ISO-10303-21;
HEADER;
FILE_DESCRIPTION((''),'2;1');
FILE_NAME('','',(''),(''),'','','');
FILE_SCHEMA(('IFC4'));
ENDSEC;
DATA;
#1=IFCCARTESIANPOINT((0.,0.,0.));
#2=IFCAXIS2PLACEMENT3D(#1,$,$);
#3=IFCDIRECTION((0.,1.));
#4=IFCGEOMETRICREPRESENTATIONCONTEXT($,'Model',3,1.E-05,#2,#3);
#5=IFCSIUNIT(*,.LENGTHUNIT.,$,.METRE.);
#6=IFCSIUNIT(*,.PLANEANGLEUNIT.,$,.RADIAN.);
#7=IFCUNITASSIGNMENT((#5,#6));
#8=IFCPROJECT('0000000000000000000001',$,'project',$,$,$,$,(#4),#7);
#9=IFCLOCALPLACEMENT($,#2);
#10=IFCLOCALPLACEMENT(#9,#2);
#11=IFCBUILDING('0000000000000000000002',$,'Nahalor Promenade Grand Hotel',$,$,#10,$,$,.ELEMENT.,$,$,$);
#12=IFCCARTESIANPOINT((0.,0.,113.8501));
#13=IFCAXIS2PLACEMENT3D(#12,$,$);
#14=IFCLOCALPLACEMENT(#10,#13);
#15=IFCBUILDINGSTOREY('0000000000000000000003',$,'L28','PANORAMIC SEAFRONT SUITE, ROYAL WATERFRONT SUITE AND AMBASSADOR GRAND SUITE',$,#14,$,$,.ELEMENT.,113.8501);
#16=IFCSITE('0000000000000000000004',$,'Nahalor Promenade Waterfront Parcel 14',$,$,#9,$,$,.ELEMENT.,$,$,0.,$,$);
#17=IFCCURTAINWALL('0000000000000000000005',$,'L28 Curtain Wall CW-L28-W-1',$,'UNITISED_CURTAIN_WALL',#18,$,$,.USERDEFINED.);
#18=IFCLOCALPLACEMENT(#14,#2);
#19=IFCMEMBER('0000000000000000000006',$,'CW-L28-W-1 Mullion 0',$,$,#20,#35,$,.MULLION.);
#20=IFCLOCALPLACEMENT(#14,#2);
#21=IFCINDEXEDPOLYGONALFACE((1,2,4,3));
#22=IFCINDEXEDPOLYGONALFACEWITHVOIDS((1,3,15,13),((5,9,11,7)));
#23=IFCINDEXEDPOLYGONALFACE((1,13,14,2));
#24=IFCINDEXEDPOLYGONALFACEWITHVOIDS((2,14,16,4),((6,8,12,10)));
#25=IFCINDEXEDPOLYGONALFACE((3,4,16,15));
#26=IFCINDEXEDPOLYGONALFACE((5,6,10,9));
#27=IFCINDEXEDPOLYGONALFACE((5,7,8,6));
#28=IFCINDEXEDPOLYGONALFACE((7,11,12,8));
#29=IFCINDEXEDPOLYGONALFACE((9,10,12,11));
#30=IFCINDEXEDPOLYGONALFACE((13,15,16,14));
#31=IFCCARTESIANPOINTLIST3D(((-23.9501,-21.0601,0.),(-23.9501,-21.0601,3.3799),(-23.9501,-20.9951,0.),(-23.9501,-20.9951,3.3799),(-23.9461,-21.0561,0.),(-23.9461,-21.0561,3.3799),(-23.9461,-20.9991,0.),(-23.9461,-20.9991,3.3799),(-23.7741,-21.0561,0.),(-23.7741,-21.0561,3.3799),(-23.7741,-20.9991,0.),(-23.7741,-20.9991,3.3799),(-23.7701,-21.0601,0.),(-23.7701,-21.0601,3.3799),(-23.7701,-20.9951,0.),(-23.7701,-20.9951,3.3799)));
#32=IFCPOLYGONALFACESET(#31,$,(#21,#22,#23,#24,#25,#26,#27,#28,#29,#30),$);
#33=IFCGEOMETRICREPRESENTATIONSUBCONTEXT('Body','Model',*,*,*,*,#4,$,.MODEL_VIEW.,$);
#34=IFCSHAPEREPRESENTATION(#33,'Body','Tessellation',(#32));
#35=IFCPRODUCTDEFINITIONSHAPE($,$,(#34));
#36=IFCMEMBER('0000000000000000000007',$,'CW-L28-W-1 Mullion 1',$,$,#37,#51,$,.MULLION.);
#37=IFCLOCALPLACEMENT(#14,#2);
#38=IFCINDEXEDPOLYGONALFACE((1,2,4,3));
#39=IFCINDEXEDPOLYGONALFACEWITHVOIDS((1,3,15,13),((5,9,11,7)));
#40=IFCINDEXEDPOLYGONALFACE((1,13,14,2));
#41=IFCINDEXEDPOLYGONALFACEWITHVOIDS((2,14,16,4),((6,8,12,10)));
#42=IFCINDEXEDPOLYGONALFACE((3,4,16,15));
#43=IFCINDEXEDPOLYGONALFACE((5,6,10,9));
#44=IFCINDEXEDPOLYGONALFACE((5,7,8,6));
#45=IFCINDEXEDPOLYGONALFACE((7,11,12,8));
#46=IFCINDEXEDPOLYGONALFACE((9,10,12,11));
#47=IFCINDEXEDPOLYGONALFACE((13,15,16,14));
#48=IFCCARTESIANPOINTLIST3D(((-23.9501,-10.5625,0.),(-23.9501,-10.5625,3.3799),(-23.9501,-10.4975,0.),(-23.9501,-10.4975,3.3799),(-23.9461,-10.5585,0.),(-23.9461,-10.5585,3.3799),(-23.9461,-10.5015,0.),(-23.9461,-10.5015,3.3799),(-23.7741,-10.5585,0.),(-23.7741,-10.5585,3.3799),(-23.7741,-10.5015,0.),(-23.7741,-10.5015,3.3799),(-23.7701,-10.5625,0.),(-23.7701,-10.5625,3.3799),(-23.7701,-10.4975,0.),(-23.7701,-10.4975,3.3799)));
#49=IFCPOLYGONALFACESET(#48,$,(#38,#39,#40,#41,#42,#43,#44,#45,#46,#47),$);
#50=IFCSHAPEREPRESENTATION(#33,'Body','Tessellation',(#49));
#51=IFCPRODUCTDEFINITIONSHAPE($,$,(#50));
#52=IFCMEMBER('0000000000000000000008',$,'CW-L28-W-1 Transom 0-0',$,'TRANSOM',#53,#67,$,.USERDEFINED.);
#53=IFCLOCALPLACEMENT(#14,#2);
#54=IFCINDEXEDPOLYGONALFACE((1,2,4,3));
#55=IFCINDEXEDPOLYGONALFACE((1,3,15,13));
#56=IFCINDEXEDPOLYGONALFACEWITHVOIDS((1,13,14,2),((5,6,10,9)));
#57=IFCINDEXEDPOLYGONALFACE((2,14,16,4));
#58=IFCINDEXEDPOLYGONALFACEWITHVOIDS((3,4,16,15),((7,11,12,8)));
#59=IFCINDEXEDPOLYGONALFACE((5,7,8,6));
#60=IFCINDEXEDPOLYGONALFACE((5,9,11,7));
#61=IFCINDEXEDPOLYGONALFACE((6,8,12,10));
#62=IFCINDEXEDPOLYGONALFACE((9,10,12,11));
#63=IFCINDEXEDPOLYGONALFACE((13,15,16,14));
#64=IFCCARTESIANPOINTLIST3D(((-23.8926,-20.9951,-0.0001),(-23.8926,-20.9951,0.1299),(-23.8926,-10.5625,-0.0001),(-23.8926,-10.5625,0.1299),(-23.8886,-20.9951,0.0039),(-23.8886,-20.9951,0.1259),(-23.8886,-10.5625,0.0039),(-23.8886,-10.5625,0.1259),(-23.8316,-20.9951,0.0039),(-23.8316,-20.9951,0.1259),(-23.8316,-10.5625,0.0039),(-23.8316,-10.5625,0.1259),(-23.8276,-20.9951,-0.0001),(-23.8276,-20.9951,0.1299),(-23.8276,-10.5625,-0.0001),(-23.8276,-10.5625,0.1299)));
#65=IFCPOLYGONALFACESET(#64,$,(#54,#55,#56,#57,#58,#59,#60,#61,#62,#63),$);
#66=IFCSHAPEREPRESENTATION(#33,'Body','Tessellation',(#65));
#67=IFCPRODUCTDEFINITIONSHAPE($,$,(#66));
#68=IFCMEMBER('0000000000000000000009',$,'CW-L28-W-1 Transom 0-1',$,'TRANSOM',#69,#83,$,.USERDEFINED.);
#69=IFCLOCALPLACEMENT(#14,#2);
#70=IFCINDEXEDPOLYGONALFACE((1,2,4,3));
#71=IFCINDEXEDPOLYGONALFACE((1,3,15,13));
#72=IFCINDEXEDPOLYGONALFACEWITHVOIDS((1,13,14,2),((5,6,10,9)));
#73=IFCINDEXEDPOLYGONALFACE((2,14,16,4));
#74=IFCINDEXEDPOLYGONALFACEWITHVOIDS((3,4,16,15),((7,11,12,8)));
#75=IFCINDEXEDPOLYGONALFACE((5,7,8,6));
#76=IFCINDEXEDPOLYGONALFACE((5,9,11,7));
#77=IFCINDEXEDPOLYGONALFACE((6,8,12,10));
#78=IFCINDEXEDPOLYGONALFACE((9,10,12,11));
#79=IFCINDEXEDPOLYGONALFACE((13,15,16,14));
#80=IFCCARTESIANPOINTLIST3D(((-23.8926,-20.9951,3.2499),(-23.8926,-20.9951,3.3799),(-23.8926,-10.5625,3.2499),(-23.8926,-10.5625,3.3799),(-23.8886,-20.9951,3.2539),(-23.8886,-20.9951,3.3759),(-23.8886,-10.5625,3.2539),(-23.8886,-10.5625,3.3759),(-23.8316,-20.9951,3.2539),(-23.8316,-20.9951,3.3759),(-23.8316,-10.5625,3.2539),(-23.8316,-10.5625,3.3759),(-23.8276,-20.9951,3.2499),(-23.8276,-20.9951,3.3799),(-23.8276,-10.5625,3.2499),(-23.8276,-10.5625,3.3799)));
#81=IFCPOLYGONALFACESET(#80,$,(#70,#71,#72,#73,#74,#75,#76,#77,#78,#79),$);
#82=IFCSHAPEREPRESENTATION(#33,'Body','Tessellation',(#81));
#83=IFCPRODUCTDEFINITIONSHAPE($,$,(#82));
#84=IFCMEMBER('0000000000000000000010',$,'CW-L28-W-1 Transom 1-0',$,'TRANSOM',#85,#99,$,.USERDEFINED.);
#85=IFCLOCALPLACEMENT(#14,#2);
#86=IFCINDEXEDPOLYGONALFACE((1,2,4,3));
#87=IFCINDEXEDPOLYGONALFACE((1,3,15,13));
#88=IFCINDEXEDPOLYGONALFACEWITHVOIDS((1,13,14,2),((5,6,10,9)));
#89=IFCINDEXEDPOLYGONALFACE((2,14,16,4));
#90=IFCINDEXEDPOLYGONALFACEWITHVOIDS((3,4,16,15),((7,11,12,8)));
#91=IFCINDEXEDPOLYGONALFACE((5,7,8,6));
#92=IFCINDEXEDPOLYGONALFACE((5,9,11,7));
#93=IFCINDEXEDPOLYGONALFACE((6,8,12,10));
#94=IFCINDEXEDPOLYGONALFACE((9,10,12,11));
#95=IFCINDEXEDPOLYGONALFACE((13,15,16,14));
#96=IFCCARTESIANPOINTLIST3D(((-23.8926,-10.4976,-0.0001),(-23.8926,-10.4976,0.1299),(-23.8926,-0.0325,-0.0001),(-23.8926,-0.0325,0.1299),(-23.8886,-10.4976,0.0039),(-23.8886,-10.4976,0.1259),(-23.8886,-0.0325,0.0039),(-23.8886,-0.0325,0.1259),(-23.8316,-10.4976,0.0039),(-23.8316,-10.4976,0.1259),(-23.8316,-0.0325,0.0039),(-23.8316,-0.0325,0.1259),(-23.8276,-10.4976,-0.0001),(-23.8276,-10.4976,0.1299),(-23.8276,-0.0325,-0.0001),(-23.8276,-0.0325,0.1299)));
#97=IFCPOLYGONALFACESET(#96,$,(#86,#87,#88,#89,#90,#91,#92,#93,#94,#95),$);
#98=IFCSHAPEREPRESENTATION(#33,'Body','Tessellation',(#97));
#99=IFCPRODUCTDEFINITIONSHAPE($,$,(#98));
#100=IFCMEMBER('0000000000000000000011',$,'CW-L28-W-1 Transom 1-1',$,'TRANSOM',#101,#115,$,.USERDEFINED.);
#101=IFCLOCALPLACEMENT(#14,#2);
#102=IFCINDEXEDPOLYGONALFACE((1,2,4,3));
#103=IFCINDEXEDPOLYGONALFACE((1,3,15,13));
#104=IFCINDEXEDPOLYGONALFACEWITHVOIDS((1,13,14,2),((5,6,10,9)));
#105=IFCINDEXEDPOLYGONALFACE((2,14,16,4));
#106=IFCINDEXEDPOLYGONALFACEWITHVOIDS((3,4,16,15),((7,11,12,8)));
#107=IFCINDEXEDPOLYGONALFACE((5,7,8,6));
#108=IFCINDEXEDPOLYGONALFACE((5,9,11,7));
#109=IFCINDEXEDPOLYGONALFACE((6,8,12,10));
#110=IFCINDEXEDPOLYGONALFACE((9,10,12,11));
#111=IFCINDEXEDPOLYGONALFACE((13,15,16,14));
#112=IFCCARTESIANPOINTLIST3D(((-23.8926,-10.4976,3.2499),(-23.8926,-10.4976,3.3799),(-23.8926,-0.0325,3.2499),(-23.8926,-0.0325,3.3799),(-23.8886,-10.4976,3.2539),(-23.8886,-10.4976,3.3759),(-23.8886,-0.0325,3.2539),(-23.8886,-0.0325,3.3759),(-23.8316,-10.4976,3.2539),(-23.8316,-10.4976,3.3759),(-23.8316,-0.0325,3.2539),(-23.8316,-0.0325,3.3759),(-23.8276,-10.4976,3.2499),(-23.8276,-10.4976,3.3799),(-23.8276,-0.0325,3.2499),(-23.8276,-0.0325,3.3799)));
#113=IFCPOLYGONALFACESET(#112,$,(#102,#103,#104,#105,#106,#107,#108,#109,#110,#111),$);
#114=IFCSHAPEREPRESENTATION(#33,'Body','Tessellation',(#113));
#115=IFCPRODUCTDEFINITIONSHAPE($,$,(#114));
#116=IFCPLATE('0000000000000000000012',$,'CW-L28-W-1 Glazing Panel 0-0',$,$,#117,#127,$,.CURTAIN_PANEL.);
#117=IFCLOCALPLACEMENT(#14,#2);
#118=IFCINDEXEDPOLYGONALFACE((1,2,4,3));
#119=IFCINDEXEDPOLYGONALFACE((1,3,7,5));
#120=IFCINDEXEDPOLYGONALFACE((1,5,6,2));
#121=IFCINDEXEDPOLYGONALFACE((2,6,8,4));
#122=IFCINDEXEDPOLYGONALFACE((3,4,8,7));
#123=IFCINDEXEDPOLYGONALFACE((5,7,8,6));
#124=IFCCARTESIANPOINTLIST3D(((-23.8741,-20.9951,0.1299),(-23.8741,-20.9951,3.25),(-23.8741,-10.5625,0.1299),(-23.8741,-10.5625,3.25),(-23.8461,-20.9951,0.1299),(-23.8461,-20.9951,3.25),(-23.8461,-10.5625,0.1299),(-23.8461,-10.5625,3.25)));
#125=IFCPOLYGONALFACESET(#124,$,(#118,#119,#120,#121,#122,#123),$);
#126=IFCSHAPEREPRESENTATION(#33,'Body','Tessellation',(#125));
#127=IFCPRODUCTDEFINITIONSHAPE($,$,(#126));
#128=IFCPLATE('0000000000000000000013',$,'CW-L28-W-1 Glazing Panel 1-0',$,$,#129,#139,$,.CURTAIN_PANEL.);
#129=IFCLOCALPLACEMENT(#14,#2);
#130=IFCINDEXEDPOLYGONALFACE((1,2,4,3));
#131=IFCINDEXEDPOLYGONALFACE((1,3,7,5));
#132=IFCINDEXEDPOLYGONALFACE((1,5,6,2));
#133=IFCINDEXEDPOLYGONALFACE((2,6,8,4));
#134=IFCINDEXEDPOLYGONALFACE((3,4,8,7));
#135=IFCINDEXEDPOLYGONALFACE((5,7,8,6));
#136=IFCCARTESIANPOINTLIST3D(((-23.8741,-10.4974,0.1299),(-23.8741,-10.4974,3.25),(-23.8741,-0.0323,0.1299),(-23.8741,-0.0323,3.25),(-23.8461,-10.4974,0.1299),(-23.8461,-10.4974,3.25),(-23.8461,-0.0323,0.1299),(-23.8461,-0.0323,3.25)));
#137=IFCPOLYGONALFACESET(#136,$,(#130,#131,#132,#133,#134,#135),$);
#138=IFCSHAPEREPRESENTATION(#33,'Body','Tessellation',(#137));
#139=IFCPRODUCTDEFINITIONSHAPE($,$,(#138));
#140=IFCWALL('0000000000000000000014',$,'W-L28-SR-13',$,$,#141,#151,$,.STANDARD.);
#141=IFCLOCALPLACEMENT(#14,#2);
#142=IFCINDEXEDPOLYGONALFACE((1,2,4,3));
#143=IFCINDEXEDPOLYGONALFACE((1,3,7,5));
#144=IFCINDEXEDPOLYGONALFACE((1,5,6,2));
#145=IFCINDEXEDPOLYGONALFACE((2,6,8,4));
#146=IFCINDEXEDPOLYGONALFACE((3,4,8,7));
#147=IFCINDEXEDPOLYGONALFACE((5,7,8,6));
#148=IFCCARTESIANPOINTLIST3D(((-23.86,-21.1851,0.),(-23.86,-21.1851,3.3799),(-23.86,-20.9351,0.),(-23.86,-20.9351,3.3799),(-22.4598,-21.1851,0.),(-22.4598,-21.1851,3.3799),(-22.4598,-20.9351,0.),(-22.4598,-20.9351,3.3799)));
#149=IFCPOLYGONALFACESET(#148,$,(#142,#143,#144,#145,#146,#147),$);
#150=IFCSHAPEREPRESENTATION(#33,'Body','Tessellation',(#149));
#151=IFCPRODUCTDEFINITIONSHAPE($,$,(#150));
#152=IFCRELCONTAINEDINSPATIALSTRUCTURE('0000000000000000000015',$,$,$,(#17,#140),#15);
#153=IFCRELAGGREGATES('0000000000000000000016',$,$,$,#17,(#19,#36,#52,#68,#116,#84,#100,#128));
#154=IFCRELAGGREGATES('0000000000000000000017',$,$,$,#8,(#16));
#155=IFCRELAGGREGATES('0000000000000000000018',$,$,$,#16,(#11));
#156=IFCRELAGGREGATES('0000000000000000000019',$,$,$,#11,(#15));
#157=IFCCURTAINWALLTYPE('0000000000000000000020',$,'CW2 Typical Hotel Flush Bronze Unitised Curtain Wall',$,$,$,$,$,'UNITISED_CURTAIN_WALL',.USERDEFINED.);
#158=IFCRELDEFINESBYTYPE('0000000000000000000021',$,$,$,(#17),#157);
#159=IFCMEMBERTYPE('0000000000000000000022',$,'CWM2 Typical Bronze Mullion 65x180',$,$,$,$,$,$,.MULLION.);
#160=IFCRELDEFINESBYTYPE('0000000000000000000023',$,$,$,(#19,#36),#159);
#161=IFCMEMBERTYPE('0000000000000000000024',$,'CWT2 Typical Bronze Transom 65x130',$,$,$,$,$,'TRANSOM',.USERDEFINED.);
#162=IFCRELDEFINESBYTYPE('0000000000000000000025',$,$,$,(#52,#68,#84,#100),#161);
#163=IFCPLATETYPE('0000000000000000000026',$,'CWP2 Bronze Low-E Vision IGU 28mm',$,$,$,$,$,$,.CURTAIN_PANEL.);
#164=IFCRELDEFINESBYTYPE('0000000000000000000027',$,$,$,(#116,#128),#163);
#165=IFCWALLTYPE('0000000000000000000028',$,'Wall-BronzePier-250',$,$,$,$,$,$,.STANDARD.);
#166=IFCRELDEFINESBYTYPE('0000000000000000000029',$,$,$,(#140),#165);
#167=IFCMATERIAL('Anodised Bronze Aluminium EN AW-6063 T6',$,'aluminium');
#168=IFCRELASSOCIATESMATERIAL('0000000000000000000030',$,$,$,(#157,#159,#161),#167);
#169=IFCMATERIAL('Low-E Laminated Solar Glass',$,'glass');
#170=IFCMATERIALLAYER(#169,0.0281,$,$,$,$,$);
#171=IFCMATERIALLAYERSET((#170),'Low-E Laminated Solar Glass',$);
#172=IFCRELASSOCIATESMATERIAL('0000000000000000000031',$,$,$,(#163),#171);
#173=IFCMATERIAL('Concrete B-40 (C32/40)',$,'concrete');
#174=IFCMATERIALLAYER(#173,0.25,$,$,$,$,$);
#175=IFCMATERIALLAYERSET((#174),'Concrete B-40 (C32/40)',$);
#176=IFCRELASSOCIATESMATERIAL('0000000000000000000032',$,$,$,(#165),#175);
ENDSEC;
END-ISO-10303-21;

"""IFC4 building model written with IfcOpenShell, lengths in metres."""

from ifc_helpers import new_model, si_unit, direction, frame, frame_2d, origin, origin_2d, place, context, subcontext, project, spatial, rectangle, hollow_rectangle, extrude, source, transform, mapped, material, layer, layer_set, material_profile, profile_set, type_object, element, aggregate, save


model = new_model("IFC4")

# Units and contexts
model_context = context("Model", 3, precision=1e-05, world=origin(), true_north=direction((0.0, 1.0)))
body_context = subcontext(model_context, "Body", "Model", "MODEL_VIEW")
ifc_project = project(units=[si_unit("LENGTHUNIT", "METRE"), si_unit("PLANEANGLEUNIT", "RADIAN")], contexts=[model_context])

# Site, building, storey
site_placement = place(None, origin())
site = spatial("IfcSite", under=ifc_project, at=site_placement, Name="Nahalor Promenade Waterfront Parcel 14", CompositionType="ELEMENT", RefElevation=0.0)
building_placement = place(site_placement, origin())
building = spatial("IfcBuilding", under=site, at=building_placement, Name="Nahalor Promenade Grand Hotel", CompositionType="ELEMENT")
storey_placement = place(building_placement, frame((0.0, 0.0, 113.8501)))
storey = spatial("IfcBuildingStorey", under=building, at=storey_placement, Name="L28", Description="PANORAMIC SEAFRONT SUITE, ROYAL WATERFRONT SUITE AND AMBASSADOR GRAND SUITE", CompositionType="ELEMENT", Elevation=113.8501)

# Curtain wall, members, plates
ifc_material_1 = material(Name="Anodised Bronze Aluminium EN AW-6063 T6", Category="aluminium")
curtain_wall_type = type_object("IfcCurtainWallType", Name="CW2 Typical Hotel Flush Bronze Unitised Curtain Wall", ElementType="UNITISED_CURTAIN_WALL", PredefinedType="USERDEFINED", material=ifc_material_1)
curtain_wall_placement = place(storey_placement, origin())
curtain_wall = element("IfcCurtainWall", 1, at=curtain_wall_placement, inside=storey, type_object=curtain_wall_type, Name="L28 Curtain Wall CW-L28-W-1", ObjectType="UNITISED_CURTAIN_WALL", PredefinedType="USERDEFINED")
ifc_material_profile_1 = material_profile(ifc_material_1, hollow_rectangle(XDim=0.065, YDim=0.18, WallThickness=0.004, at=origin_2d()), Name="CWM 65x180x4")
ifc_profile_set_1 = profile_set([ifc_material_profile_1], Name="Anodised Bronze Aluminium EN AW-6063 T6")
member_type_1 = type_object("IfcMemberType", Name="CWM2 Typical Bronze Mullion 65x180", PredefinedType="MULLION", material=ifc_profile_set_1)
shared_shape_1 = source(origin(), body_context, "Body", "SweptSolid", [
    extrude(hollow_rectangle(XDim=0.065, YDim=0.18, WallThickness=0.004, at=origin_2d()), origin(), (0.0, 0.0, 1.0), 3.3799),
])
member_1_placement = place(storey_placement, frame((-23.8601, -21.0276, 0.0), z_axis=(0.0, 0.0, 1.0), x_axis=(0.0, 1.0, 0.0)))
member_1 = element("IfcMember", 2, at=member_1_placement, type_object=member_type_1, Name="CW-L28-W-1 Mullion 0", PredefinedType="MULLION", context=body_context, shape_type="MappedRepresentation", body=[
    mapped(shared_shape_1, transform((0.0, 0.0, 0.0), scale=1.0)),
])
member_2_placement = place(storey_placement, frame((-23.8601, -10.53, 0.0), z_axis=(0.0, 0.0, 1.0), x_axis=(0.0, 1.0, 0.0)))
member_2 = element("IfcMember", 3, at=member_2_placement, type_object=member_type_1, Name="CW-L28-W-1 Mullion 1", PredefinedType="MULLION", context=body_context, shape_type="MappedRepresentation", body=[
    mapped(shared_shape_1, transform((0.0, 0.0, 0.0), scale=1.0)),
])
ifc_material_profile_2 = material_profile(ifc_material_1, hollow_rectangle(XDim=0.065, YDim=0.13, WallThickness=0.004, at=origin_2d()), Name="CWT 65x130x4")
ifc_profile_set_2 = profile_set([ifc_material_profile_2], Name="Anodised Bronze Aluminium EN AW-6063 T6")
member_type_2 = type_object("IfcMemberType", Name="CWT2 Typical Bronze Transom 65x130", ElementType="TRANSOM", PredefinedType="USERDEFINED", material=ifc_profile_set_2)
shared_shape_2 = source(origin(), body_context, "Body", "SweptSolid", [
    extrude(hollow_rectangle(XDim=0.065, YDim=0.13, WallThickness=0.004, at=origin_2d()), origin(), (0.0, 0.0, 1.0), 10.4326),
])
member_3_placement = place(storey_placement, frame((-23.8601, -20.9951, 0.0649), z_axis=(0.0, 1.0, 0.0), x_axis=(-1.0, 0.0, 0.0)))
member_3 = element("IfcMember", 4, at=member_3_placement, type_object=member_type_2, Name="CW-L28-W-1 Transom 0-0", ObjectType="TRANSOM", PredefinedType="USERDEFINED", context=body_context, shape_type="MappedRepresentation", body=[
    mapped(shared_shape_2, transform((0.0, 0.0, 0.0), scale=1.0)),
])
member_4_placement = place(storey_placement, frame((-23.8601, -20.9951, 3.3149), z_axis=(0.0, 1.0, 0.0), x_axis=(-1.0, 0.0, 0.0)))
member_4 = element("IfcMember", 5, at=member_4_placement, type_object=member_type_2, Name="CW-L28-W-1 Transom 0-1", ObjectType="TRANSOM", PredefinedType="USERDEFINED", context=body_context, shape_type="MappedRepresentation", body=[
    mapped(shared_shape_2, transform((0.0, 0.0, 0.0), scale=1.0)),
])
shared_shape_3 = source(origin(), body_context, "Body", "SweptSolid", [
    extrude(hollow_rectangle(XDim=0.065, YDim=0.13, WallThickness=0.004, at=origin_2d()), origin(), (0.0, 0.0, 1.0), 10.4651),
])
member_5_placement = place(storey_placement, frame((-23.8601, -10.4976, 0.0649), z_axis=(0.0, 1.0, 0.0), x_axis=(-1.0, 0.0, 0.0)))
member_5 = element("IfcMember", 6, at=member_5_placement, type_object=member_type_2, Name="CW-L28-W-1 Transom 1-0", ObjectType="TRANSOM", PredefinedType="USERDEFINED", context=body_context, shape_type="MappedRepresentation", body=[
    mapped(shared_shape_3, transform((0.0, 0.0, 0.0), scale=1.0)),
])
member_6_placement = place(storey_placement, frame((-23.8601, -10.4976, 3.3149), z_axis=(0.0, 1.0, 0.0), x_axis=(-1.0, 0.0, 0.0)))
member_6 = element("IfcMember", 7, at=member_6_placement, type_object=member_type_2, Name="CW-L28-W-1 Transom 1-1", ObjectType="TRANSOM", PredefinedType="USERDEFINED", context=body_context, shape_type="MappedRepresentation", body=[
    mapped(shared_shape_3, transform((0.0, 0.0, 0.0), scale=1.0)),
])
ifc_material_2 = material(Name="Low-E Laminated Solar Glass", Category="glass")
ifc_layer_1 = layer(ifc_material_2, 0.0281)
ifc_layer_set_1 = layer_set([ifc_layer_1], Name="Low-E Laminated Solar Glass")
plate_type = type_object("IfcPlateType", Name="CWP2 Bronze Low-E Vision IGU 28mm", PredefinedType="CURTAIN_PANEL", material=ifc_layer_set_1)
shared_shape_4 = source(origin(), body_context, "Body", "SweptSolid", [
    extrude(rectangle(XDim=10.4326, YDim=0.0281, at=origin_2d()), origin(), (0.0, 0.0, 1.0), 3.1201),
])
plate_1_placement = place(storey_placement, frame((-23.8601, -15.7788, 0.1299), z_axis=(0.0, 0.0, 1.0), x_axis=(0.0, 1.0, 0.0)))
plate_1 = element("IfcPlate", 8, at=plate_1_placement, type_object=plate_type, Name="CW-L28-W-1 Glazing Panel 0-0", PredefinedType="CURTAIN_PANEL", context=body_context, shape_type="MappedRepresentation", body=[
    mapped(shared_shape_4, transform((0.0, 0.0, 0.0), scale=1.0)),
])
shared_shape_5 = source(origin(), body_context, "Body", "SweptSolid", [
    extrude(rectangle(XDim=10.4651, YDim=0.0281, at=origin_2d()), origin(), (0.0, 0.0, 1.0), 3.1201),
])
plate_2_placement = place(storey_placement, frame((-23.8601, -5.2649, 0.1299), z_axis=(0.0, 0.0, 1.0), x_axis=(0.0, 1.0, 0.0)))
plate_2 = element("IfcPlate", 9, at=plate_2_placement, type_object=plate_type, Name="CW-L28-W-1 Glazing Panel 1-0", PredefinedType="CURTAIN_PANEL", context=body_context, shape_type="MappedRepresentation", body=[
    mapped(shared_shape_5, transform((0.0, 0.0, 0.0), scale=1.0)),
])
aggregate(curtain_wall, [member_1, member_2, member_3, member_4, plate_1, member_5, member_6, plate_2])

# Wall
ifc_material_3 = material(Name="Concrete B-40 (C32/40)", Category="concrete")
ifc_layer_2 = layer(ifc_material_3, 0.25)
ifc_layer_set_2 = layer_set([ifc_layer_2], Name="Concrete B-40 (C32/40)")
wall_type_1 = type_object("IfcWallType", Name="Wall-BronzePier-250", PredefinedType="STANDARD", material=ifc_layer_set_2)
shared_shape_6 = source(origin(), body_context, "Body", "SweptSolid", [
    extrude(rectangle(XDim=1.4001, YDim=0.25, at=frame_2d((0.7002, 0.0))), origin(), (0.0, 0.0, 1.0), 3.3799),
])
wall_1_placement = place(storey_placement, frame((-23.8601, -21.0601, 0.0), z_axis=(0.0, 0.0, 1.0), x_axis=(1.0, 0.0, 0.0)))
element("IfcWall", 10, at=wall_1_placement, inside=storey, type_object=wall_type_1, Name="W-L28-SR-13", PredefinedType="STANDARD", context=body_context, shape_type="MappedRepresentation", body=[
    mapped(shared_shape_6, transform((0.0, 0.0, 0.0), scale=1.0)),
])

save(model, "model.ifc")
